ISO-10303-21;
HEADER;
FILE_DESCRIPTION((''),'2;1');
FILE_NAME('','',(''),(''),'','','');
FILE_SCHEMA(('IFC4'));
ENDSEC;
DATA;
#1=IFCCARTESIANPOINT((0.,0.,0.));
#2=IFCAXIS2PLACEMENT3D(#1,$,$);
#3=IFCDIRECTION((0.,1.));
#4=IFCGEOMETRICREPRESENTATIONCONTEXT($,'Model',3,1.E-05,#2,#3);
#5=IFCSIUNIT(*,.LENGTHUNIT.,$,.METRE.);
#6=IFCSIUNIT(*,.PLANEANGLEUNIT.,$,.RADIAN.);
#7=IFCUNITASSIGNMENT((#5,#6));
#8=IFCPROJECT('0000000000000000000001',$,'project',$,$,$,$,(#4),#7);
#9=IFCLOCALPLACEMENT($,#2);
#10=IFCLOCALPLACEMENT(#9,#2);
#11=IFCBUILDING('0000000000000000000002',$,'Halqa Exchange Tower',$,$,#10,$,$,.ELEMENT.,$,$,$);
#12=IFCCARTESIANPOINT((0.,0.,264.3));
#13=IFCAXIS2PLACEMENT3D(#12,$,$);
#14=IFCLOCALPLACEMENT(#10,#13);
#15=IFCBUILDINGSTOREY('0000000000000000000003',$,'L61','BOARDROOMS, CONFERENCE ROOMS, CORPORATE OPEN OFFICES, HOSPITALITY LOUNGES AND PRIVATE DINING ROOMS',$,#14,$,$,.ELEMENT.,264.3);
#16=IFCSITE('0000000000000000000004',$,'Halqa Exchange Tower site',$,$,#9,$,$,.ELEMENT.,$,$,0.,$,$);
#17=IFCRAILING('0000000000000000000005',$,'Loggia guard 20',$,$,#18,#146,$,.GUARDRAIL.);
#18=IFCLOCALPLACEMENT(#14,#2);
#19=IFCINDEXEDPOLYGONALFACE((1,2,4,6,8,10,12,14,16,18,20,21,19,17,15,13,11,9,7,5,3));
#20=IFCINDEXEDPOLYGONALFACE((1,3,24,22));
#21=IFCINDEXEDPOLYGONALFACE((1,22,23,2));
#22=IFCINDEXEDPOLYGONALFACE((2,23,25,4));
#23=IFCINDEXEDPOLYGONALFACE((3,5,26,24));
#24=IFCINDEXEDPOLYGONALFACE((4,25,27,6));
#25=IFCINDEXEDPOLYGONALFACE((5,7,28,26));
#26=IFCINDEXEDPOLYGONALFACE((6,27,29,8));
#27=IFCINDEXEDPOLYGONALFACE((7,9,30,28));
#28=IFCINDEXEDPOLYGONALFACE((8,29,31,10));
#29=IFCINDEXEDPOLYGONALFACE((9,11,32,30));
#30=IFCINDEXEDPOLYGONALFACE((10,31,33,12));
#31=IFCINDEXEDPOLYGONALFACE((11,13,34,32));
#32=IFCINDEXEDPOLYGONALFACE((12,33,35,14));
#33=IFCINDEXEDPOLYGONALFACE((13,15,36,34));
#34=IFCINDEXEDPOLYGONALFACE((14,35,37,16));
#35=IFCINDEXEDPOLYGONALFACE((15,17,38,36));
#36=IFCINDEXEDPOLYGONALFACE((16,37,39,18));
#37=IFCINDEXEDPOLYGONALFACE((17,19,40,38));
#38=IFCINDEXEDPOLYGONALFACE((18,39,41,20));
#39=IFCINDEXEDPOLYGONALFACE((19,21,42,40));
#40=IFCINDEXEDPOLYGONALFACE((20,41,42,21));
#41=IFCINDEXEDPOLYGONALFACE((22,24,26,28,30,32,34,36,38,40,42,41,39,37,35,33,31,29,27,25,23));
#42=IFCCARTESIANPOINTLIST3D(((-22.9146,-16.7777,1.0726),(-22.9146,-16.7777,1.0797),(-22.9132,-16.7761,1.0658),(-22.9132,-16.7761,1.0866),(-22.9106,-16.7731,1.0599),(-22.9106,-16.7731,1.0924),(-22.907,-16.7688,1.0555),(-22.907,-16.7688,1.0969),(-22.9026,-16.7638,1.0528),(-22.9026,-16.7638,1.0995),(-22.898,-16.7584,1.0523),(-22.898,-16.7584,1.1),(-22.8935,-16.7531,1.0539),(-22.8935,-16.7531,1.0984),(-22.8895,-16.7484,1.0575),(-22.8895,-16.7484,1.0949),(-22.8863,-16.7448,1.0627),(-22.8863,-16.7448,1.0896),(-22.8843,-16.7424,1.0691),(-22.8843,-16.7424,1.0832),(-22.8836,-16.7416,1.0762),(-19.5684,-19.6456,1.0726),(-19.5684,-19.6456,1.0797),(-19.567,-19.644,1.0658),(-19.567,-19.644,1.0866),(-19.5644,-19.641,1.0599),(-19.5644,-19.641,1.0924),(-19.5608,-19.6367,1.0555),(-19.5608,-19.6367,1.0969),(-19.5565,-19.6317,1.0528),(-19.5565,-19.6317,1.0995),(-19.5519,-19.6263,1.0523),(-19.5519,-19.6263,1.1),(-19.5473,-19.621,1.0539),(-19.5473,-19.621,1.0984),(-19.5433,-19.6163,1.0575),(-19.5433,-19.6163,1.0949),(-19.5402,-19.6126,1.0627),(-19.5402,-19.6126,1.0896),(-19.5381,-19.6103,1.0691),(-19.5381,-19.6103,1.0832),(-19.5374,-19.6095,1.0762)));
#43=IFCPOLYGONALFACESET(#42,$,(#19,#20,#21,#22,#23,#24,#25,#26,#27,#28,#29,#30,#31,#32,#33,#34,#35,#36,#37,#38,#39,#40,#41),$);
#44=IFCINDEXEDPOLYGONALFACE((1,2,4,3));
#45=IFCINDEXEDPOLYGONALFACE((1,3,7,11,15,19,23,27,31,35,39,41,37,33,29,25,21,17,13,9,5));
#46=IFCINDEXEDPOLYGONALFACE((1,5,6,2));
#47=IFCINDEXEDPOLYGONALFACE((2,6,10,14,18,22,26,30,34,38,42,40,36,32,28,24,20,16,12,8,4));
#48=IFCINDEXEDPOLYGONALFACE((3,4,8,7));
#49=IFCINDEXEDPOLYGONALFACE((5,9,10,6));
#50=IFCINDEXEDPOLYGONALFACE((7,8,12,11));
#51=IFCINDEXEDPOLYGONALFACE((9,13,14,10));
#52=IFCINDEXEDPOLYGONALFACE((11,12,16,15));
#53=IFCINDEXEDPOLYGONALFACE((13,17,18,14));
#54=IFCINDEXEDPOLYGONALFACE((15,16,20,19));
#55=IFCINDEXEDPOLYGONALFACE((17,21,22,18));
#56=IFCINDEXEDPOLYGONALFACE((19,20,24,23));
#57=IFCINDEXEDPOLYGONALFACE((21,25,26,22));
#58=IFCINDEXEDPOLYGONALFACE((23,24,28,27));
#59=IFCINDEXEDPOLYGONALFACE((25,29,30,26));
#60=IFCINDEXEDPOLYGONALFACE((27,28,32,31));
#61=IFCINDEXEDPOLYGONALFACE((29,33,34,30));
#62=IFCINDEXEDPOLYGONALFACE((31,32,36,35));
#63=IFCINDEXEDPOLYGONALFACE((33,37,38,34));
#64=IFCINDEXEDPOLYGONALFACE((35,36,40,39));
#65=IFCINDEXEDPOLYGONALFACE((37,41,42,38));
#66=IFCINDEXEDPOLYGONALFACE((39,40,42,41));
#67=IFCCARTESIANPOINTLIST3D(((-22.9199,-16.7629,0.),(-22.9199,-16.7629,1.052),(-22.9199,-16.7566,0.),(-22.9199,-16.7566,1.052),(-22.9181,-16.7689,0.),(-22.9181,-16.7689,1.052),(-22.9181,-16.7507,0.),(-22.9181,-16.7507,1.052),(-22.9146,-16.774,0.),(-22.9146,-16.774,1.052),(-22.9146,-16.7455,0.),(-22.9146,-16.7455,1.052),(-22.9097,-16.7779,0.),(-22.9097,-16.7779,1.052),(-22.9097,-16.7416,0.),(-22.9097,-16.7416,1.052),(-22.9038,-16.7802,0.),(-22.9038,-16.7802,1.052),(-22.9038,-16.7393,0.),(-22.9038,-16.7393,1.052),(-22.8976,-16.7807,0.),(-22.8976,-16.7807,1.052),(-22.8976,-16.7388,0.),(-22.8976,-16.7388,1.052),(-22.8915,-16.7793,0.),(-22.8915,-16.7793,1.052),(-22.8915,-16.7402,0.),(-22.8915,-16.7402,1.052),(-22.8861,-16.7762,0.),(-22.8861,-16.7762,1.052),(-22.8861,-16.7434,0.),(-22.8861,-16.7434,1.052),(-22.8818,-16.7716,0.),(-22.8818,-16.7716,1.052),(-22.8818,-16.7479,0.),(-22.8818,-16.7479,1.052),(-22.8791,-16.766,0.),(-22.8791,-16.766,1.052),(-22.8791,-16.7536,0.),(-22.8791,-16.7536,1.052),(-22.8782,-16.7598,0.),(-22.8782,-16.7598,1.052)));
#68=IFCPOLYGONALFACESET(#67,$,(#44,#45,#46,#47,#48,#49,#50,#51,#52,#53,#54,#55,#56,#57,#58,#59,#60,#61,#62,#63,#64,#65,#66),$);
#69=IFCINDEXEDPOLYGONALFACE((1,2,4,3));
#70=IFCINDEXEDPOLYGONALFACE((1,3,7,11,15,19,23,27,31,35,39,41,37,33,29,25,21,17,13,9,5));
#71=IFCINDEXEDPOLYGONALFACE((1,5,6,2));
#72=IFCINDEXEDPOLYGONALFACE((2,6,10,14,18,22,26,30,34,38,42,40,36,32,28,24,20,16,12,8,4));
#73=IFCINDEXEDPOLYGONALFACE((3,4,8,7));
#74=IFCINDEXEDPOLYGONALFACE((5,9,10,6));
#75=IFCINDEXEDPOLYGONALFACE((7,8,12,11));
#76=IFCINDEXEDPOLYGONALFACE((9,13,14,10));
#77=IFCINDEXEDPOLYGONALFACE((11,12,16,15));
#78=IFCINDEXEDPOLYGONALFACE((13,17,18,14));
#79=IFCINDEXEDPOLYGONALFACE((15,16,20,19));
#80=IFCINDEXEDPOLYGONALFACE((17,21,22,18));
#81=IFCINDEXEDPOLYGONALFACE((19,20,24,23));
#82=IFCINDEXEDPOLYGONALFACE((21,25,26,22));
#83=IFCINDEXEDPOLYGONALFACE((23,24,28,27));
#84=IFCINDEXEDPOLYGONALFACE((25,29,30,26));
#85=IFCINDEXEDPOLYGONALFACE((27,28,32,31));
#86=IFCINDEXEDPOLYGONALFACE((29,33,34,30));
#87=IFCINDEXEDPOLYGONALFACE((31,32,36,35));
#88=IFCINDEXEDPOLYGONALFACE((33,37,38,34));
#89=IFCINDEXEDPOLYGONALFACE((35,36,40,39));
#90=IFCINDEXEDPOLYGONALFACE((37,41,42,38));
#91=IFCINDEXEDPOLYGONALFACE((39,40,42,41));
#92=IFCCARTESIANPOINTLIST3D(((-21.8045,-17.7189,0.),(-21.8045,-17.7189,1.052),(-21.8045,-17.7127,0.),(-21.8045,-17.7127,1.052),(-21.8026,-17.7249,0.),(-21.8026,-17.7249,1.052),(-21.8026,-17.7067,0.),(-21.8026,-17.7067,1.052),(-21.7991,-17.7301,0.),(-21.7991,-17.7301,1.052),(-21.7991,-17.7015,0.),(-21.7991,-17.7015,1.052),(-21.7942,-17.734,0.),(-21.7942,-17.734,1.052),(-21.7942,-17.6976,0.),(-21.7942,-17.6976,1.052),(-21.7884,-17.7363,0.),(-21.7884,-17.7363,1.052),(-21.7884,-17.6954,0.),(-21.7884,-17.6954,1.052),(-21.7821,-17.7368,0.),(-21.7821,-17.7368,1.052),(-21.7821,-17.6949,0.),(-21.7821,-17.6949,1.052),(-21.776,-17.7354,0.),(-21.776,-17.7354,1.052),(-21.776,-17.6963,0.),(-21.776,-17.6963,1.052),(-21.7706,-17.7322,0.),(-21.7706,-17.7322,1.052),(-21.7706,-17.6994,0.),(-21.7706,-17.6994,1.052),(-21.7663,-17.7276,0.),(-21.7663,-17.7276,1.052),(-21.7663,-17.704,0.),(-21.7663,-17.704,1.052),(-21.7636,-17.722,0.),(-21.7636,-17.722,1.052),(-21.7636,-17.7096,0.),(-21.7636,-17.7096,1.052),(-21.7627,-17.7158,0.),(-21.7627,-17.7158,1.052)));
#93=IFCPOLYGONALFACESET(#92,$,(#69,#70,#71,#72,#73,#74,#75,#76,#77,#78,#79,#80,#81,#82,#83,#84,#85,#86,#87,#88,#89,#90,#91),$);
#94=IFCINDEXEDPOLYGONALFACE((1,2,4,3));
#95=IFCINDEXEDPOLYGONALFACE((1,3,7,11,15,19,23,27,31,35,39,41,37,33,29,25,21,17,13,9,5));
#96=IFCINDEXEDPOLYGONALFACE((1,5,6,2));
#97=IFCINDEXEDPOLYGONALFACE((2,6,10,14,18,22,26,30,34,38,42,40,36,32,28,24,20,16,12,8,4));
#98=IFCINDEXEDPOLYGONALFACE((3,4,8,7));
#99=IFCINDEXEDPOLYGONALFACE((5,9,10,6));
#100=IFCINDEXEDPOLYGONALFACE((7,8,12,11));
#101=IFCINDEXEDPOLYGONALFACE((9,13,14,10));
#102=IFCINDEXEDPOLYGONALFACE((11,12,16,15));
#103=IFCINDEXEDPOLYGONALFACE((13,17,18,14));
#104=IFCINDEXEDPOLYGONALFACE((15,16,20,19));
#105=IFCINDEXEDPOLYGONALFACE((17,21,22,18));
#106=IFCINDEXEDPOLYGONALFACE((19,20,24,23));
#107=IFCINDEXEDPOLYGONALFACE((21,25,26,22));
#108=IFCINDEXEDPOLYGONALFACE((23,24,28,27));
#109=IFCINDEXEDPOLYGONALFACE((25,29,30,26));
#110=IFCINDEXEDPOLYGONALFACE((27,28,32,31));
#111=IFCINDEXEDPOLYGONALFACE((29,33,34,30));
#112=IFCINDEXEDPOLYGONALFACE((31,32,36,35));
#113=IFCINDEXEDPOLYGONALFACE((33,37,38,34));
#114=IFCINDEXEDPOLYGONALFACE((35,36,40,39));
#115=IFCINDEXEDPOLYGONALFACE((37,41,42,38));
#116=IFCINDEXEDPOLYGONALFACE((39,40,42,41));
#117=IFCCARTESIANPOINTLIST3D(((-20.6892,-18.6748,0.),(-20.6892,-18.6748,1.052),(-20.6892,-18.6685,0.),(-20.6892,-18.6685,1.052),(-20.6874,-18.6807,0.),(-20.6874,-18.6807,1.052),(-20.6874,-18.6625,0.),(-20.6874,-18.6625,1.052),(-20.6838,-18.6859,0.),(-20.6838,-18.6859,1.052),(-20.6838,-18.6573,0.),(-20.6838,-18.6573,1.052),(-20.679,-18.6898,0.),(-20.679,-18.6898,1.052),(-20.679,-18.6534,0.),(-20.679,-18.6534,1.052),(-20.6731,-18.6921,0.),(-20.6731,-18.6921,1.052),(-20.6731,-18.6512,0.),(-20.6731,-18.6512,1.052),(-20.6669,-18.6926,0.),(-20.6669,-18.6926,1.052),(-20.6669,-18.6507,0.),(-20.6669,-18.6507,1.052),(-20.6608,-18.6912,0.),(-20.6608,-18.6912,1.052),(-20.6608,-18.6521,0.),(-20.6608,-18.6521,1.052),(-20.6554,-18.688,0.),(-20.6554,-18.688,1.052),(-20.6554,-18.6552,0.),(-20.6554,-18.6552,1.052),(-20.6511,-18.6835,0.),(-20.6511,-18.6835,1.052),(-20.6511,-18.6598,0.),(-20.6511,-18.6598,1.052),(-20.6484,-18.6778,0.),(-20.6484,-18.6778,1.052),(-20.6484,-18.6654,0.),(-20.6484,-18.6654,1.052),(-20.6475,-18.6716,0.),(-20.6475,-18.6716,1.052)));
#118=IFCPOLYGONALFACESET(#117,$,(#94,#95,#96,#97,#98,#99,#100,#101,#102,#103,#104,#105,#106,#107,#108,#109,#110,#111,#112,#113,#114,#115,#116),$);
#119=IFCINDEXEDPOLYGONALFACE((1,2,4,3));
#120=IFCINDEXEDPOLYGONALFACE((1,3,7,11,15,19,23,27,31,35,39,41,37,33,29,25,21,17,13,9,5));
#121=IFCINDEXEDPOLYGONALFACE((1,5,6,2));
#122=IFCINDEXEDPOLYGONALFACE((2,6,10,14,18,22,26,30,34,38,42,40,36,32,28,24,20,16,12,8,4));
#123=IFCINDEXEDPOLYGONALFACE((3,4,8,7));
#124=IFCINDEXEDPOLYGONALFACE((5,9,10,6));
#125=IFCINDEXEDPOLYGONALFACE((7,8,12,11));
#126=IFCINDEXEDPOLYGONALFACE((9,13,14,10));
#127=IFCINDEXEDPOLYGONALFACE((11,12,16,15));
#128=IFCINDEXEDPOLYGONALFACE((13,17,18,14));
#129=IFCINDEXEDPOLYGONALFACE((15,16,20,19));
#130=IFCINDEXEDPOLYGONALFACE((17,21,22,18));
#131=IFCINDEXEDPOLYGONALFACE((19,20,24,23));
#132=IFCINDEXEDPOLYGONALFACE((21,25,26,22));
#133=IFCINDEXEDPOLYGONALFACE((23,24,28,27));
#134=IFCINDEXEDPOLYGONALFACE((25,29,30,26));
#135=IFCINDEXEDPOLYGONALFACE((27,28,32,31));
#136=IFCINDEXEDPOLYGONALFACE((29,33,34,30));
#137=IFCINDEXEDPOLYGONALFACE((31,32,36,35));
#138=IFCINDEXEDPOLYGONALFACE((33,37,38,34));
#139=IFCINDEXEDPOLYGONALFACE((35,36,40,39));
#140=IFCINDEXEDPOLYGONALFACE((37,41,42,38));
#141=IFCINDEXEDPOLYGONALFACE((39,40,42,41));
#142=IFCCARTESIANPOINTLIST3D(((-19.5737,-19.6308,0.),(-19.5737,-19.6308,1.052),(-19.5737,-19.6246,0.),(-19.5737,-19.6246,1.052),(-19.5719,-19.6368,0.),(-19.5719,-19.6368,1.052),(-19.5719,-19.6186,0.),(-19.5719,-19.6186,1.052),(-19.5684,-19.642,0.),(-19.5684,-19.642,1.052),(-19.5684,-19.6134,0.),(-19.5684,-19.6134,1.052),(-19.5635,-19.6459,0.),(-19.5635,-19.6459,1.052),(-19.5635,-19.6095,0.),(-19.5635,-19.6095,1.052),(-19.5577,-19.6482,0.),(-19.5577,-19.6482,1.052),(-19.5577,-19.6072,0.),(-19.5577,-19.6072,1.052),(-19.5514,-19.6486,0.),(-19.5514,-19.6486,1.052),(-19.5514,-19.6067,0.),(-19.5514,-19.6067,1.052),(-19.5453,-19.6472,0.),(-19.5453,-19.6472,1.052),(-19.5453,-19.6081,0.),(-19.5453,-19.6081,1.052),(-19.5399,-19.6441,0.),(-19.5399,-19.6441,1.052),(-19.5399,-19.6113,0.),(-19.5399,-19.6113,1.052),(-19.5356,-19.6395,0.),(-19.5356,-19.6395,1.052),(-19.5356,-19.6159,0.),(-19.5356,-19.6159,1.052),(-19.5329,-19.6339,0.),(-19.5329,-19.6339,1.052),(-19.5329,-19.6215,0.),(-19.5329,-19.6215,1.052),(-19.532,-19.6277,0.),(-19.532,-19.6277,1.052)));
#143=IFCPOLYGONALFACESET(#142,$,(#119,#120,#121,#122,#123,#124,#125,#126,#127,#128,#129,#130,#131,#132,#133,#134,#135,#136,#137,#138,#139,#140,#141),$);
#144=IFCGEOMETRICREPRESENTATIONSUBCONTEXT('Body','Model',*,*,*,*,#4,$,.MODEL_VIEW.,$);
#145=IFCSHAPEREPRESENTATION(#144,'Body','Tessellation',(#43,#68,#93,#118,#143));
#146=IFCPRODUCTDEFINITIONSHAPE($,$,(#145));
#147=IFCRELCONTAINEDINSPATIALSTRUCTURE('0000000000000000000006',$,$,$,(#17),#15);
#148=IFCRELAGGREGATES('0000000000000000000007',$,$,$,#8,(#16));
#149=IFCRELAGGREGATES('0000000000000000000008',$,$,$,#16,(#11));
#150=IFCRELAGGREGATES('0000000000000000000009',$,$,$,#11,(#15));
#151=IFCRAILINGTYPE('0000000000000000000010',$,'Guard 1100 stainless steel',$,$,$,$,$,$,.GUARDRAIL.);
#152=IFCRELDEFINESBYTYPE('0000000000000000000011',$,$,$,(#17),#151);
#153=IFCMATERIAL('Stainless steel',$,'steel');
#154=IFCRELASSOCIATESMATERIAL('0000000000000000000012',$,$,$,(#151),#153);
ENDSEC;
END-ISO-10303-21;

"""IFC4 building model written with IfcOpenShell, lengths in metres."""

from ifc_helpers import new_model, si_unit, direction, frame, origin, origin_2d, place, context, subcontext, project, spatial, circle, extrude, material, type_object, element, save


model = new_model("IFC4")

# Units and contexts
model_context = context("Model", 3, precision=1e-05, world=origin(), true_north=direction((0.0, 1.0)))
body_context = subcontext(model_context, "Body", "Model", "MODEL_VIEW")
ifc_project = project(units=[si_unit("LENGTHUNIT", "METRE"), si_unit("PLANEANGLEUNIT", "RADIAN")], contexts=[model_context])

# Site, building, storey
site_placement = place(None, origin())
site = spatial("IfcSite", under=ifc_project, at=site_placement, Name="Halqa Exchange Tower site", CompositionType="ELEMENT", RefElevation=0.0)
building_placement = place(site_placement, origin())
building = spatial("IfcBuilding", under=site, at=building_placement, Name="Halqa Exchange Tower", CompositionType="ELEMENT")
storey_placement = place(building_placement, frame((0.0, 0.0, 264.3)))
storey = spatial("IfcBuildingStorey", under=building, at=storey_placement, Name="L61", Description="BOARDROOMS, CONFERENCE ROOMS, CORPORATE OPEN OFFICES, HOSPITALITY LOUNGES AND PRIVATE DINING ROOMS", CompositionType="ELEMENT", Elevation=264.3)

# Railing
ifc_material_1 = material(Name="Stainless steel", Category="steel")
railing_type = type_object("IfcRailingType", Name="Guard 1100 stainless steel", PredefinedType="GUARDRAIL", material=ifc_material_1)
railing_1_placement = place(storey_placement, frame((-22.8992, -16.7598, 0.0)))
element("IfcRailing", 1, at=railing_1_placement, inside=storey, type_object=railing_type, Name="Loggia guard 20", PredefinedType="GUARDRAIL", context=body_context, shape_type="SweptSolid", body=[
    extrude(circle(Radius=0.0239, at=origin_2d()), frame((0.0, 0.0, 1.0762), z_axis=(0.759284, -0.650759, 0.0), x_axis=(0.650759, 0.759284, 0.0)), (0.0, 0.0, 1.0), 4.407),
    extrude(circle(Radius=0.021, at=origin_2d()), origin(), (0.0, 0.0, 1.0), 1.052),
    extrude(circle(Radius=0.021, at=origin_2d()), frame((1.1155, -0.9561, 0.0)), (0.0, 0.0, 1.0), 1.052),
    extrude(circle(Radius=0.021, at=origin_2d()), frame((2.2307, -1.9119, 0.0)), (0.0, 0.0, 1.0), 1.052),
    extrude(circle(Radius=0.021, at=origin_2d()), frame((3.3462, -2.8679, 0.0)), (0.0, 0.0, 1.0), 1.052),
])

save(model, "model.ifc")
